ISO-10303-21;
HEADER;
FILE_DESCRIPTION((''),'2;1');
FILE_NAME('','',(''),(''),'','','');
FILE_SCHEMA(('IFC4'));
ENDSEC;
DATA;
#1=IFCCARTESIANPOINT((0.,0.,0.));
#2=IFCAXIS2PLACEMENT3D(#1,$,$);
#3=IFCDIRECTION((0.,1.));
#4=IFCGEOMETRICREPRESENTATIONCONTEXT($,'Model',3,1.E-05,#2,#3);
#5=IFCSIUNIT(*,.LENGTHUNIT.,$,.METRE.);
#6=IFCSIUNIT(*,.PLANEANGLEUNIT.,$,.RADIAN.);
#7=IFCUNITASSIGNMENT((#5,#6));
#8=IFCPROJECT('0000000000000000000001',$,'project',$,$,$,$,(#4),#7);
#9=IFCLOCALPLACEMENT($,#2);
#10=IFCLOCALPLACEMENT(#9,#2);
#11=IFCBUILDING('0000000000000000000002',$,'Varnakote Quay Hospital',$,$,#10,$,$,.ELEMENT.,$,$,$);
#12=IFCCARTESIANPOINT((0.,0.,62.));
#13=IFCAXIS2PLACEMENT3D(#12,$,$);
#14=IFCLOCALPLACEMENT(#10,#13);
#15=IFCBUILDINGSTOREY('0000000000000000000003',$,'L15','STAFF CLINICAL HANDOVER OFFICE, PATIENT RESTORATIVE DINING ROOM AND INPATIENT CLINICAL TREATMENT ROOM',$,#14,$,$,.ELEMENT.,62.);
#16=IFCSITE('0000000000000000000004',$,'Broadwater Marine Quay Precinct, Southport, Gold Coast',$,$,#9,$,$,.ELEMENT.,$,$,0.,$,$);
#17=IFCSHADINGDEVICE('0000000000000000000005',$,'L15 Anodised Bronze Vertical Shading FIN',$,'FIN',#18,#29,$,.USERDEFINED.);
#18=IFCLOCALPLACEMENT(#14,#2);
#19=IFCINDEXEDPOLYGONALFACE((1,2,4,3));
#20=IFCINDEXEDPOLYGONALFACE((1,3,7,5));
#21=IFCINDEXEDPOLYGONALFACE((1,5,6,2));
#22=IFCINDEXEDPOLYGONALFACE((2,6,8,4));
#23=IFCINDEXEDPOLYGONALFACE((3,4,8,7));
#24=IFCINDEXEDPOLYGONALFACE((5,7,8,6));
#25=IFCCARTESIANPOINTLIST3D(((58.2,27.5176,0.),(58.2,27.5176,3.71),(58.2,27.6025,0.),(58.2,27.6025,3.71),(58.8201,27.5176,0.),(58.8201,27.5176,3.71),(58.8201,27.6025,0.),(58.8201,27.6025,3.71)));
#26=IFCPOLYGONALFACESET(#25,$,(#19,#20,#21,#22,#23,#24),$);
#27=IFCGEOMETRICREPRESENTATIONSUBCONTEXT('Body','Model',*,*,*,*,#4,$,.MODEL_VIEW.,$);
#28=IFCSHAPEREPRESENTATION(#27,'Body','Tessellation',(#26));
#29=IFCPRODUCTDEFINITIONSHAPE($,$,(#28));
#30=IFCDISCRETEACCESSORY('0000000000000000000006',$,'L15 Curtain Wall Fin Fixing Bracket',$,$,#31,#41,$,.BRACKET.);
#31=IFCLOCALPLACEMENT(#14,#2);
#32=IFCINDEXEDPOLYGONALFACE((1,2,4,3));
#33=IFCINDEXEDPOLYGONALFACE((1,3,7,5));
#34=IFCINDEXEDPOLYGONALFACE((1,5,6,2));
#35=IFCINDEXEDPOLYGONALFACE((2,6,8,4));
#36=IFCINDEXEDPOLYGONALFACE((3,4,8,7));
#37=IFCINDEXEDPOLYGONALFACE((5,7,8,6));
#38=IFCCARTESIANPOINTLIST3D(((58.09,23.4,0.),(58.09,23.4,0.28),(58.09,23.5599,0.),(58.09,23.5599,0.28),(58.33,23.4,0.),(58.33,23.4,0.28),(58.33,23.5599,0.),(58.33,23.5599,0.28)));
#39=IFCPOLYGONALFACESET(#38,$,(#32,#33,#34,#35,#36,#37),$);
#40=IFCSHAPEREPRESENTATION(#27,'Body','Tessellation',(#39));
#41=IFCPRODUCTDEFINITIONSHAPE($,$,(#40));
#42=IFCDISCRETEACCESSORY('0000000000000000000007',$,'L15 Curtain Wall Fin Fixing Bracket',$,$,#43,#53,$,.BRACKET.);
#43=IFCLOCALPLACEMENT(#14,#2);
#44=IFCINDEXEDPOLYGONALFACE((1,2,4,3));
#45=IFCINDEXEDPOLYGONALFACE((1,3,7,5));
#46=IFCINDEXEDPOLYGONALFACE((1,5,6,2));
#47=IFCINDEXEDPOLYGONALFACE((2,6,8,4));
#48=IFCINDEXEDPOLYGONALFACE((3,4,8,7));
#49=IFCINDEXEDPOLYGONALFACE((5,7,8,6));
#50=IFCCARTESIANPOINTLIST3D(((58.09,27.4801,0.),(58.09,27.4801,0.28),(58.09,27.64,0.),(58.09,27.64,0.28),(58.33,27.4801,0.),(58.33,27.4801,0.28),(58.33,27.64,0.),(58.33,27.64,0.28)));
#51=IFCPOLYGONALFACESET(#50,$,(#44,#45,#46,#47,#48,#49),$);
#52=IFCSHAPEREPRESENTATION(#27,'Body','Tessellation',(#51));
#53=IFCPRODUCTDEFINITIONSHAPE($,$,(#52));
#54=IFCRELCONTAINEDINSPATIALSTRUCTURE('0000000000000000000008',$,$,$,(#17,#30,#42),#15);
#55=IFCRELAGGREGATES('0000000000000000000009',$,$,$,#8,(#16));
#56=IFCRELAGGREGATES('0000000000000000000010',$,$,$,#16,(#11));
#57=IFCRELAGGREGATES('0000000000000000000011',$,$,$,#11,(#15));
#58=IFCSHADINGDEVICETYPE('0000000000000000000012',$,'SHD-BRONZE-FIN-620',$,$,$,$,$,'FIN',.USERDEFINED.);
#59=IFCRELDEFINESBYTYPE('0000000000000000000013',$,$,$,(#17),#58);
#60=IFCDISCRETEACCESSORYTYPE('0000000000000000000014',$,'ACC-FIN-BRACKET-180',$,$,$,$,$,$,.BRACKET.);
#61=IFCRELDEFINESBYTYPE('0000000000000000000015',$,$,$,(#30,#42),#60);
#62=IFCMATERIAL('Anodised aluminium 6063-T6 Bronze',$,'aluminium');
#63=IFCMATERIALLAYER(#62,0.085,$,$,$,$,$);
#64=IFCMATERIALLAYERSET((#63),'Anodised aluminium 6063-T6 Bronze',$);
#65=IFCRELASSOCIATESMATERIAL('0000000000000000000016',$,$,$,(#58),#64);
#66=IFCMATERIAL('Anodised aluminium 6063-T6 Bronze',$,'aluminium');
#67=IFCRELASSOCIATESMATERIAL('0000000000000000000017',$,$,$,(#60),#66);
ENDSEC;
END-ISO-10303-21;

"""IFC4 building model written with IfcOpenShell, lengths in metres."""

from ifc_helpers import new_model, si_unit, direction, frame, origin, origin_2d, place, context, subcontext, project, spatial, rectangle, extrude, material, layer, layer_set, type_object, element, save


model = new_model("IFC4")

# Units and contexts
model_context = context("Model", 3, precision=1e-05, world=origin(), true_north=direction((0.0, 1.0)))
body_context = subcontext(model_context, "Body", "Model", "MODEL_VIEW")
ifc_project = project(units=[si_unit("LENGTHUNIT", "METRE"), si_unit("PLANEANGLEUNIT", "RADIAN")], contexts=[model_context])

# Site, building, storey
site_placement = place(None, origin())
site = spatial("IfcSite", under=ifc_project, at=site_placement, Name="Broadwater Marine Quay Precinct, Southport, Gold Coast", CompositionType="ELEMENT", RefElevation=0.0)
building_placement = place(site_placement, origin())
building = spatial("IfcBuilding", under=site, at=building_placement, Name="Varnakote Quay Hospital", CompositionType="ELEMENT")
storey_placement = place(building_placement, frame((0.0, 0.0, 62.0)))
storey = spatial("IfcBuildingStorey", under=building, at=storey_placement, Name="L15", Description="STAFF CLINICAL HANDOVER OFFICE, PATIENT RESTORATIVE DINING ROOM AND INPATIENT CLINICAL TREATMENT ROOM", CompositionType="ELEMENT", Elevation=62.0)

# Shading device
ifc_material_1 = material(Name="Anodised aluminium 6063-T6 Bronze", Category="aluminium")
ifc_layer_1 = layer(ifc_material_1, 0.085)
ifc_layer_set_1 = layer_set([ifc_layer_1], Name="Anodised aluminium 6063-T6 Bronze")
shading_device_type = type_object("IfcShadingDeviceType", Name="SHD-BRONZE-FIN-620", ElementType="FIN", PredefinedType="USERDEFINED", material=ifc_layer_set_1)
for number, where, z_axis, x_axis, name in (
    (1, (58.51, 27.5601, 0.0), (0.0, 0.0, 1.0), (-1.0, 0.0, 0.0), "L15 Anodised Bronze Vertical Shading FIN"),
):
    element("IfcShadingDevice", number, at=place(storey_placement, frame(where, z_axis=z_axis, x_axis=x_axis)), inside=storey, type_object=shading_device_type, Name=name, ObjectType="FIN", PredefinedType="USERDEFINED", context=body_context, shape_type="SweptSolid", body=[
        extrude(rectangle(XDim=0.6201, YDim=0.085, at=origin_2d()), origin(), (0.0, 0.0, 1.0), 3.71),
    ])

# Discrete accessories
ifc_material_2 = material(Name="Anodised aluminium 6063-T6 Bronze", Category="aluminium")
discrete_accessory_type = type_object("IfcDiscreteAccessoryType", Name="ACC-FIN-BRACKET-180", PredefinedType="BRACKET", material=ifc_material_2)
for number, where, z_axis, x_axis, name in (
    (2, (58.21, 23.48, 0.0), (0.0, 0.0, 1.0), (0.0, 1.0, 0.0), "L15 Curtain Wall Fin Fixing Bracket"),
    (3, (58.21, 27.5601, 0.0), (0.0, 0.0, 1.0), (0.0, 1.0, 0.0), "L15 Curtain Wall Fin Fixing Bracket"),
):
    element("IfcDiscreteAccessory", number, at=place(storey_placement, frame(where, z_axis=z_axis, x_axis=x_axis)), inside=storey, type_object=discrete_accessory_type, Name=name, PredefinedType="BRACKET", context=body_context, shape_type="SweptSolid", body=[
        extrude(rectangle(XDim=0.1599, YDim=0.24, at=origin_2d()), origin(), (0.0, 0.0, 1.0), 0.28),
    ])

save(model, "model.ifc")
